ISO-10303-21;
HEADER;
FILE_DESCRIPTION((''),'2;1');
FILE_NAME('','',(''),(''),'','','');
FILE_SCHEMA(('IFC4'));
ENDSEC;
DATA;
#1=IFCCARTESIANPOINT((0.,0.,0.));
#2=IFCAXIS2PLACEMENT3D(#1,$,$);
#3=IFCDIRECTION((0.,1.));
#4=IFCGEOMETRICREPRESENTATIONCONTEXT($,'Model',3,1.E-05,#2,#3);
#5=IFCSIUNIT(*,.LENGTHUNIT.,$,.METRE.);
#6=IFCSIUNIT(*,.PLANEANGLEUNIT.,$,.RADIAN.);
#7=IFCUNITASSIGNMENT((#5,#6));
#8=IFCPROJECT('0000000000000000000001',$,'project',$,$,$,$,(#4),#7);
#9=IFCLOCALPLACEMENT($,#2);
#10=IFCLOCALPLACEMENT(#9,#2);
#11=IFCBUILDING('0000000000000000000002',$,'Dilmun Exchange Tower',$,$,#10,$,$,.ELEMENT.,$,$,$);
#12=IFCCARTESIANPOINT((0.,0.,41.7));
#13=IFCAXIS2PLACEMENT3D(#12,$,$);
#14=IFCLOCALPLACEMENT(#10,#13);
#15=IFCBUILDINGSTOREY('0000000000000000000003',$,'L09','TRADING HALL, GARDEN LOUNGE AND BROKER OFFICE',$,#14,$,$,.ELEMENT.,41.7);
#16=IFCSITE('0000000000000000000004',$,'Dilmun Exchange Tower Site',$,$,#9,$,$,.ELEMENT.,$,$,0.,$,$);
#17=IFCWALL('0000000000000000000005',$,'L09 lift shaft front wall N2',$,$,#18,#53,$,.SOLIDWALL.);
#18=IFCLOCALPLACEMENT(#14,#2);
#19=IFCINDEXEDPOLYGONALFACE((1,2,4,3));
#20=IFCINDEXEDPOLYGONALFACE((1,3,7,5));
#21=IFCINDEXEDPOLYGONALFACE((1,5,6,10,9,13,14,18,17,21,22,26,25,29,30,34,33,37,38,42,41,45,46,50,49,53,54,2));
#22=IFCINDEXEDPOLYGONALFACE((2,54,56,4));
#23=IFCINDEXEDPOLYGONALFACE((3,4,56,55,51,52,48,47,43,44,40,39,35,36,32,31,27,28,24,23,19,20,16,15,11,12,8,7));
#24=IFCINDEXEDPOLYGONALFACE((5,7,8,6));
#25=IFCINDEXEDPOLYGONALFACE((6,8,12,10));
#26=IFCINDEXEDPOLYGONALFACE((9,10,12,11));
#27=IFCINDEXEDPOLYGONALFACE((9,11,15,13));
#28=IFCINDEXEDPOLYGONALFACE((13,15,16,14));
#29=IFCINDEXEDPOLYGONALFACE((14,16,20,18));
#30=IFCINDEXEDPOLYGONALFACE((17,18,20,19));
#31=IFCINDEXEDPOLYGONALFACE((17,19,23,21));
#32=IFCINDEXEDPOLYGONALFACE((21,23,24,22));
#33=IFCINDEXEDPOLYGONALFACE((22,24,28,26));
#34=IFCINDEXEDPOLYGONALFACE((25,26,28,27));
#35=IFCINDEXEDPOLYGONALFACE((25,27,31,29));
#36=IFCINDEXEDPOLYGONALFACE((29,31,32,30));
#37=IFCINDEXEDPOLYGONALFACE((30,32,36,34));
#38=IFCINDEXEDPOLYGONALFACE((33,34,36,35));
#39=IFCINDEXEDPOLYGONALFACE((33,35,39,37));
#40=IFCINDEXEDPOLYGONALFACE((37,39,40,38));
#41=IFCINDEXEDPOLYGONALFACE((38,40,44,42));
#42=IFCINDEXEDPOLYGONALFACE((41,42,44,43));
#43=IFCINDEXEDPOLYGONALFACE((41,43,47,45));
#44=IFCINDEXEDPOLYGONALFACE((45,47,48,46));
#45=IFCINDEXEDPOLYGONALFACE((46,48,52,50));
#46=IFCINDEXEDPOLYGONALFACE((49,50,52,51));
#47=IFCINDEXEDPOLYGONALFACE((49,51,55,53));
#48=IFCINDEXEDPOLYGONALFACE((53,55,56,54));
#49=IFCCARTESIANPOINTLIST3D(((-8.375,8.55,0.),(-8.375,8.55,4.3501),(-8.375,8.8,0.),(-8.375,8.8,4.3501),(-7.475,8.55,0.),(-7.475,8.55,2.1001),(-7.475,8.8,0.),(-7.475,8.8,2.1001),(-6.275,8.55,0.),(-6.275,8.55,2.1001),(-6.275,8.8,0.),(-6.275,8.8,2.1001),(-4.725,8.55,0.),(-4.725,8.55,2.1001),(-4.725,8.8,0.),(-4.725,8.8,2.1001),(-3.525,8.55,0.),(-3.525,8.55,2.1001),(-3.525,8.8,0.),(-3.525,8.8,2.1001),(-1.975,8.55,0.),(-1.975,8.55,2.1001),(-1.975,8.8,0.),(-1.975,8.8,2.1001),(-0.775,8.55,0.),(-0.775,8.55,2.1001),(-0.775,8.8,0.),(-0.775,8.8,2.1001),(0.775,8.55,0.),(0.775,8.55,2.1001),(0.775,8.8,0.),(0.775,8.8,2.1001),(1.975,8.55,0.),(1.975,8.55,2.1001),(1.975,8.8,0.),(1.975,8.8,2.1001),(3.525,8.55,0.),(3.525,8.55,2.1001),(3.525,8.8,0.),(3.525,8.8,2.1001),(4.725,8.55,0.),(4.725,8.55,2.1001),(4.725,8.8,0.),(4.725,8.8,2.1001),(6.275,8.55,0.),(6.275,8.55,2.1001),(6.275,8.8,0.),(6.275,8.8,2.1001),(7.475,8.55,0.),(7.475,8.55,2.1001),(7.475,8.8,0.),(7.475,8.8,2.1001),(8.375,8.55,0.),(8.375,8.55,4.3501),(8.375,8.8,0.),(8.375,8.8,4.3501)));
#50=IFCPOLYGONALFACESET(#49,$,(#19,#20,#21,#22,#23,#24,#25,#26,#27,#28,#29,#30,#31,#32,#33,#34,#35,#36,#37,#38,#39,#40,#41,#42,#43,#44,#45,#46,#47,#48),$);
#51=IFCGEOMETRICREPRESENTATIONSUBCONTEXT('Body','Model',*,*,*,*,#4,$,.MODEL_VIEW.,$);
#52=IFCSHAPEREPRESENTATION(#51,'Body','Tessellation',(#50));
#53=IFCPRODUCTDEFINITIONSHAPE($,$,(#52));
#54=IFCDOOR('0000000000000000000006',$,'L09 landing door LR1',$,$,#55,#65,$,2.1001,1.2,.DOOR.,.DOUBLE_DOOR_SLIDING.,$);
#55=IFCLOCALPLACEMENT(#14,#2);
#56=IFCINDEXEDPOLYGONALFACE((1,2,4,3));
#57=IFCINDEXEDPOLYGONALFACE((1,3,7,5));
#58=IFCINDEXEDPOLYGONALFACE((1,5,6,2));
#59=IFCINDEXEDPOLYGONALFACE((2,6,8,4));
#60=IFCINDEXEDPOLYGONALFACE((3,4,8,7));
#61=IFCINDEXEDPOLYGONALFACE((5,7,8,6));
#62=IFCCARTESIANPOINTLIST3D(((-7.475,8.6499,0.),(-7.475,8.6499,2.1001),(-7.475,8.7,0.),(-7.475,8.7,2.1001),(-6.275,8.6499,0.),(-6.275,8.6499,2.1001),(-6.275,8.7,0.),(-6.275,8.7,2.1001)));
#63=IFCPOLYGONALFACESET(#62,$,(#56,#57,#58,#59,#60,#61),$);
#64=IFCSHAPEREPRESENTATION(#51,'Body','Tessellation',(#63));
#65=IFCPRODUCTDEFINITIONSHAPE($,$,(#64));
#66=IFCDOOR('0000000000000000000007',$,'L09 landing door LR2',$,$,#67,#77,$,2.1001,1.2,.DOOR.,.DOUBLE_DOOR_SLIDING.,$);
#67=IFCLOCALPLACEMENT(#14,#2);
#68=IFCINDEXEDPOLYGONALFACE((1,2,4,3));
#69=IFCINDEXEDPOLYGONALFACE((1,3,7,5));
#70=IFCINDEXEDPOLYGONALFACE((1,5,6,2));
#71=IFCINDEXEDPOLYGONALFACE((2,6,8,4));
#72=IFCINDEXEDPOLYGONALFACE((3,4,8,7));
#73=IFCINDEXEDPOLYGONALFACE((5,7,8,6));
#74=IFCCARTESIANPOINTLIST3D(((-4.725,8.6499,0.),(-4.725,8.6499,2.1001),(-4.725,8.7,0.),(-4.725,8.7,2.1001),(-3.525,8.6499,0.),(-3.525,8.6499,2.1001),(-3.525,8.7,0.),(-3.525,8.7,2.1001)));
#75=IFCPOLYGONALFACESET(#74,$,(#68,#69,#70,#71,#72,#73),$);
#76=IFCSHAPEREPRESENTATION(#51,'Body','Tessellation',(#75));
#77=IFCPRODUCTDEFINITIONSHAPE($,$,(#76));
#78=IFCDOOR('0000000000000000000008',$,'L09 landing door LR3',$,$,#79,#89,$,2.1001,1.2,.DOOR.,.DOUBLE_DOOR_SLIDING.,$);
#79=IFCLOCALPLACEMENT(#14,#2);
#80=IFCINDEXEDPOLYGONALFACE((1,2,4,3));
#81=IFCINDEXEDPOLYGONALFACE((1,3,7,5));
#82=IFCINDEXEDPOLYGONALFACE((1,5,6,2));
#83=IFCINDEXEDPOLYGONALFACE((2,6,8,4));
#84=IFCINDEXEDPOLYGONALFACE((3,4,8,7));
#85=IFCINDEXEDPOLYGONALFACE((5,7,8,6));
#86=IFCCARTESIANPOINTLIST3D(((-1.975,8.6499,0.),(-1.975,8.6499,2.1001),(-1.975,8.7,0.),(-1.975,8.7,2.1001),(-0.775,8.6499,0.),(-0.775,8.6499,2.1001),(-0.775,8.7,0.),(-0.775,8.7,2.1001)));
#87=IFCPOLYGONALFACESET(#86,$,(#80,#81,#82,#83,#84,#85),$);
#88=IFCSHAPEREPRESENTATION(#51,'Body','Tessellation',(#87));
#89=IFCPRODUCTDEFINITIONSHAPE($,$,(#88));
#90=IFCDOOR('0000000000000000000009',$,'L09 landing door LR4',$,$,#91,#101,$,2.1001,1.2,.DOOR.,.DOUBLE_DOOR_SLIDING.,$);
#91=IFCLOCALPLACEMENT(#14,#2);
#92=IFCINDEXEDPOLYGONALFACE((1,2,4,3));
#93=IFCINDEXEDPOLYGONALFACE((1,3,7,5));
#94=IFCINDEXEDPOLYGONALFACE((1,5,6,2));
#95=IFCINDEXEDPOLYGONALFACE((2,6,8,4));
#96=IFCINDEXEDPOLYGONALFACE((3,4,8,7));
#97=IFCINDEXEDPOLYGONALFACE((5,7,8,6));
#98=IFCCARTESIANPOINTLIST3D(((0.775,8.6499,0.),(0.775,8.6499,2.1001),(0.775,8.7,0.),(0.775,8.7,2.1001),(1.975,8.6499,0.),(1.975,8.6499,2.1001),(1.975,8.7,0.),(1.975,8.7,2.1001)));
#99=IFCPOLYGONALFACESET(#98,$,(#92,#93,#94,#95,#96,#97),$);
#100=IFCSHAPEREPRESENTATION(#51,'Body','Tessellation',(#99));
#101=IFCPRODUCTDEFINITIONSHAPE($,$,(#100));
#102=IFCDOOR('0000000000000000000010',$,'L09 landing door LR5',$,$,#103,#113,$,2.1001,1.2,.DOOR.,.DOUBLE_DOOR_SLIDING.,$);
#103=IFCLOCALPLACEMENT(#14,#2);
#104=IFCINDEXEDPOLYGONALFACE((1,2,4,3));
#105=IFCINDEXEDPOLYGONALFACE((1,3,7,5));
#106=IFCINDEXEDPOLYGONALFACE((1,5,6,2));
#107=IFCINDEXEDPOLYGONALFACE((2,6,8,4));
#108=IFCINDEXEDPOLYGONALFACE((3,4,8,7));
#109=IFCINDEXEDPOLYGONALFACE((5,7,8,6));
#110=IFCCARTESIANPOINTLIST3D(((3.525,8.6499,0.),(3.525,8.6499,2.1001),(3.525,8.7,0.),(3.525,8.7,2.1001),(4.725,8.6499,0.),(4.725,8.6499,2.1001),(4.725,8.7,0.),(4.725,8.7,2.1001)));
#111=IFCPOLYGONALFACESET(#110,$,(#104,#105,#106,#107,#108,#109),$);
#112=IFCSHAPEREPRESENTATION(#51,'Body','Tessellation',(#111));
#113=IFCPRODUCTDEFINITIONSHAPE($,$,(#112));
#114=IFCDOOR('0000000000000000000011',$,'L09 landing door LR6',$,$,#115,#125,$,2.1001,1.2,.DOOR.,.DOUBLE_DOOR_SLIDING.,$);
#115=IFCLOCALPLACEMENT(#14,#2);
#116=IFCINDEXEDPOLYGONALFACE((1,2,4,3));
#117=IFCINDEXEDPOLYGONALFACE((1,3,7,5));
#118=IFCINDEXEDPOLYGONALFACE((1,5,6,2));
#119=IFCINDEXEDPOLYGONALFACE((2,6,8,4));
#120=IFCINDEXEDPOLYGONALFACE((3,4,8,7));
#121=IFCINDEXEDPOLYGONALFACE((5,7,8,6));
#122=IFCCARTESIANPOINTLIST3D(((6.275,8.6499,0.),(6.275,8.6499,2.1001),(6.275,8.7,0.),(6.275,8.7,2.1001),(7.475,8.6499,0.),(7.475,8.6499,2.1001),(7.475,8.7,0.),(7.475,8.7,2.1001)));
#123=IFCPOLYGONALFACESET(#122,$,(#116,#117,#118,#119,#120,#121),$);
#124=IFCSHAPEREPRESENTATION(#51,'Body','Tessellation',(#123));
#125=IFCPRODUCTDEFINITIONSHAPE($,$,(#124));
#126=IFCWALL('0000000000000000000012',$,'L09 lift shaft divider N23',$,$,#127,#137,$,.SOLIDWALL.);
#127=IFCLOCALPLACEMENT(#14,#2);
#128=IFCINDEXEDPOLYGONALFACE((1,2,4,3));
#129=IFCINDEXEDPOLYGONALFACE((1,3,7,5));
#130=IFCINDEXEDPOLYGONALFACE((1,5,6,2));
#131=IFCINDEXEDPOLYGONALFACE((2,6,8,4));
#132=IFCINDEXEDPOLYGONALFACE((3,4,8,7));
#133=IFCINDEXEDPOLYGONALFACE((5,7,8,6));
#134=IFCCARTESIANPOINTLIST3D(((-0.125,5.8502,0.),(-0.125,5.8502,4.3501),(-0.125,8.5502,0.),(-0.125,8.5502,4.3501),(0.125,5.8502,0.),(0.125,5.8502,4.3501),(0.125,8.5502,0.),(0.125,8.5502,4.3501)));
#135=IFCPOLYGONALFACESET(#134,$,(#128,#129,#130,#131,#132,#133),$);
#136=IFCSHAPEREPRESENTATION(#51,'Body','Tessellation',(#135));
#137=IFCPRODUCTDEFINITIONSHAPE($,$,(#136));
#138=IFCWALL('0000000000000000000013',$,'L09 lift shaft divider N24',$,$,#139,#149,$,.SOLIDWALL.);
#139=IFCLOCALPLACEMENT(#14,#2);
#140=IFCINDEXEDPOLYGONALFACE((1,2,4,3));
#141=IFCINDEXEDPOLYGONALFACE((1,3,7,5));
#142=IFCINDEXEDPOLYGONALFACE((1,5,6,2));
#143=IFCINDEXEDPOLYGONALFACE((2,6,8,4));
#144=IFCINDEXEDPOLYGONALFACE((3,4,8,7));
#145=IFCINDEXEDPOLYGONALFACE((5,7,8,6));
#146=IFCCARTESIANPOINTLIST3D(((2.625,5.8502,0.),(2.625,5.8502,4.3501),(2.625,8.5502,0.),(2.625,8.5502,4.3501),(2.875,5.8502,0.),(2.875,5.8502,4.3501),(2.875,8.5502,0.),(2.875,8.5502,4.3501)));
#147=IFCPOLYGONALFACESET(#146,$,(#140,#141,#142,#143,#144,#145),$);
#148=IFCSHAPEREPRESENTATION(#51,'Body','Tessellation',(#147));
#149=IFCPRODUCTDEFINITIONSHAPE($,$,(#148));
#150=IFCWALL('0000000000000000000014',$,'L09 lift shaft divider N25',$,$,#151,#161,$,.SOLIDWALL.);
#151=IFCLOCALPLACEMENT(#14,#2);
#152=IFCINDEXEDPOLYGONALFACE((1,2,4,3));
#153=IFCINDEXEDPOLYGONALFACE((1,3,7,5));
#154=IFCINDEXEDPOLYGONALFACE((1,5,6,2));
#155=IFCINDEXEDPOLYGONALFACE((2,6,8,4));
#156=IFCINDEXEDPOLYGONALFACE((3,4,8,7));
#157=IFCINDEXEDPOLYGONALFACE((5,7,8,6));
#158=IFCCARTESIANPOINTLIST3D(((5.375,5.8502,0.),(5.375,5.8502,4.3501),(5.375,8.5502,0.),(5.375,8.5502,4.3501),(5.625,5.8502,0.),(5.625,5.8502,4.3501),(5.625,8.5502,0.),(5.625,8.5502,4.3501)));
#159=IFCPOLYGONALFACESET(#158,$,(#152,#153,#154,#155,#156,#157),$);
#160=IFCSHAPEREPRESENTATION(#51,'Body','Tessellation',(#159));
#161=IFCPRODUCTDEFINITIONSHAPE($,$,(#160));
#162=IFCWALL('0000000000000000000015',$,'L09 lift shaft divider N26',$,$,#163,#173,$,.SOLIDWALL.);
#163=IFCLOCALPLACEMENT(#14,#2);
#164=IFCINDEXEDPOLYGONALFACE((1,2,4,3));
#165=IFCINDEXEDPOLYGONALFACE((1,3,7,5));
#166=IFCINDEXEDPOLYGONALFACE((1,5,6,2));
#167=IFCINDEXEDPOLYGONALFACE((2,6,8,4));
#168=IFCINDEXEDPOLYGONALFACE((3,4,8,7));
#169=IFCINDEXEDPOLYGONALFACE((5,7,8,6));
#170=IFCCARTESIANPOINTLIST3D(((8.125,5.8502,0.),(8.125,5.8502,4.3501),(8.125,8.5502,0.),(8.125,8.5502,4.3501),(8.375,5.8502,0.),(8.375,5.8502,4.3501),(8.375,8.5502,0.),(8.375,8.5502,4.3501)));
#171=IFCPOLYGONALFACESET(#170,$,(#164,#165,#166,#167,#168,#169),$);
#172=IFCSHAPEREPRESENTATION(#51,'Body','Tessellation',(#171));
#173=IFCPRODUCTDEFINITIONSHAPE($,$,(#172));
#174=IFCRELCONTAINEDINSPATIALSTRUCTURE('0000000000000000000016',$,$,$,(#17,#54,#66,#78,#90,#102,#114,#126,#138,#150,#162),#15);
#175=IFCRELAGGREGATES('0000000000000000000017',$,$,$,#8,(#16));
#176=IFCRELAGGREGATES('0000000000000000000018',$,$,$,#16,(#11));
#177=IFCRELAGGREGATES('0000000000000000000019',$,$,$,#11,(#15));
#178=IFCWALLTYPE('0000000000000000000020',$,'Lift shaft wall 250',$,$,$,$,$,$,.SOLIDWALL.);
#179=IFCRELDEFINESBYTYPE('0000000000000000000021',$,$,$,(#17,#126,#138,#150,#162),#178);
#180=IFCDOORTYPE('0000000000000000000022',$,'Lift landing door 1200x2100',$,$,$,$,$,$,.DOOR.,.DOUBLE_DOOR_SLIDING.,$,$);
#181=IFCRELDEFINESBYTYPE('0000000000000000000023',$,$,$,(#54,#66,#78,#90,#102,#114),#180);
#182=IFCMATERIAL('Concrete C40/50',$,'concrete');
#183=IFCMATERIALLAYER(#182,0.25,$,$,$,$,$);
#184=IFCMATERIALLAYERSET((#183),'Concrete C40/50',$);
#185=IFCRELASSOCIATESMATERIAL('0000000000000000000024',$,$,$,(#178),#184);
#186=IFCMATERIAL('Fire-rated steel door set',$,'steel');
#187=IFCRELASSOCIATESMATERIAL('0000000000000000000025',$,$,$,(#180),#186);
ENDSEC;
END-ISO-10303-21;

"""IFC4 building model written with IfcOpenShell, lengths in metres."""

from ifc_helpers import new_model, si_unit, direction, frame, frame_2d, origin, place, context, subcontext, project, spatial, rectangle, extrude, material, layer, layer_set, type_object, element, fill, save


model = new_model("IFC4")

# Units and contexts
model_context = context("Model", 3, precision=1e-05, world=origin(), true_north=direction((0.0, 1.0)))
body_context = subcontext(model_context, "Body", "Model", "MODEL_VIEW")
ifc_project = project(units=[si_unit("LENGTHUNIT", "METRE"), si_unit("PLANEANGLEUNIT", "RADIAN")], contexts=[model_context])

# Site, building, storey
site_placement = place(None, origin())
site = spatial("IfcSite", under=ifc_project, at=site_placement, Name="Dilmun Exchange Tower Site", CompositionType="ELEMENT", RefElevation=0.0)
building_placement = place(site_placement, origin())
building = spatial("IfcBuilding", under=site, at=building_placement, Name="Dilmun Exchange Tower", CompositionType="ELEMENT")
storey_placement = place(building_placement, frame((0.0, 0.0, 41.7)))
storey = spatial("IfcBuildingStorey", under=building, at=storey_placement, Name="L09", Description="TRADING HALL, GARDEN LOUNGE AND BROKER OFFICE", CompositionType="ELEMENT", Elevation=41.7)

# Shared definitions
ifc_material_1 = material(Name="Concrete C40/50", Category="concrete")

# Shared definitions
ifc_material_2 = material(Name="Fire-rated steel door set", Category="steel")

# Wall, openings, doors
ifc_layer_1 = layer(ifc_material_1, 0.25)
ifc_layer_set_1 = layer_set([ifc_layer_1], Name="Concrete C40/50")
wall_type_1 = type_object("IfcWallType", Name="Lift shaft wall 250", PredefinedType="SOLIDWALL", material=ifc_layer_set_1)
wall_1_placement = place(storey_placement, frame((-8.375, 8.675, 0.0), z_axis=(0.0, 0.0, 1.0), x_axis=(1.0, 0.0, 0.0)))
wall_1 = element("IfcWall", 1, at=wall_1_placement, inside=storey, type_object=wall_type_1, Name="L09 lift shaft front wall N2", PredefinedType="SOLIDWALL", context=body_context, shape_type="SweptSolid", body=[
    extrude(rectangle(XDim=16.75, YDim=0.25, at=frame_2d((8.375, 0.0))), origin(), (0.0, 0.0, 1.0), 4.3501),
])
opening_1_placement = place(wall_1_placement, frame((0.8999, 0.0, 0.0)))
opening_1 = element("IfcOpeningElement", 2, at=opening_1_placement, cuts=wall_1, PredefinedType="OPENING", context=body_context, shape_type="SweptSolid", body=[
    extrude(rectangle(XDim=1.2, YDim=2.1001, at=frame_2d((0.6001, 1.05))), frame((0.0, 0.135, 0.0), z_axis=(0.0, -1.0, 0.0), x_axis=(1.0, 0.0, 0.0)), (0.0, 0.0, 1.0), 0.27),
])
opening_2_placement = place(wall_1_placement, frame((3.6499, 0.0, 0.0)))
opening_2 = element("IfcOpeningElement", 3, at=opening_2_placement, cuts=wall_1, PredefinedType="OPENING", context=body_context, shape_type="SweptSolid", body=[
    extrude(rectangle(XDim=1.2, YDim=2.1001, at=frame_2d((0.6001, 1.05))), frame((0.0, 0.135, 0.0), z_axis=(0.0, -1.0, 0.0), x_axis=(1.0, 0.0, 0.0)), (0.0, 0.0, 1.0), 0.27),
])
opening_3_placement = place(wall_1_placement, frame((6.3999, 0.0, 0.0)))
opening_3 = element("IfcOpeningElement", 4, at=opening_3_placement, cuts=wall_1, PredefinedType="OPENING", context=body_context, shape_type="SweptSolid", body=[
    extrude(rectangle(XDim=1.2, YDim=2.1001, at=frame_2d((0.6001, 1.05))), frame((0.0, 0.135, 0.0), z_axis=(0.0, -1.0, 0.0), x_axis=(1.0, 0.0, 0.0)), (0.0, 0.0, 1.0), 0.27),
])
opening_4_placement = place(wall_1_placement, frame((9.1499, 0.0, 0.0)))
opening_4 = element("IfcOpeningElement", 5, at=opening_4_placement, cuts=wall_1, PredefinedType="OPENING", context=body_context, shape_type="SweptSolid", body=[
    extrude(rectangle(XDim=1.2, YDim=2.1001, at=frame_2d((0.6001, 1.05))), frame((0.0, 0.135, 0.0), z_axis=(0.0, -1.0, 0.0), x_axis=(1.0, 0.0, 0.0)), (0.0, 0.0, 1.0), 0.27),
])
opening_5_placement = place(wall_1_placement, frame((11.8999, 0.0, 0.0)))
opening_5 = element("IfcOpeningElement", 6, at=opening_5_placement, cuts=wall_1, PredefinedType="OPENING", context=body_context, shape_type="SweptSolid", body=[
    extrude(rectangle(XDim=1.2, YDim=2.1001, at=frame_2d((0.6001, 1.05))), frame((0.0, 0.135, 0.0), z_axis=(0.0, -1.0, 0.0), x_axis=(1.0, 0.0, 0.0)), (0.0, 0.0, 1.0), 0.27),
])
opening_6_placement = place(wall_1_placement, frame((14.6499, 0.0, 0.0)))
opening_6 = element("IfcOpeningElement", 7, at=opening_6_placement, cuts=wall_1, PredefinedType="OPENING", context=body_context, shape_type="SweptSolid", body=[
    extrude(rectangle(XDim=1.2, YDim=2.1001, at=frame_2d((0.6001, 1.05))), frame((0.0, 0.135, 0.0), z_axis=(0.0, -1.0, 0.0), x_axis=(1.0, 0.0, 0.0)), (0.0, 0.0, 1.0), 0.27),
])
door_type_1 = type_object("IfcDoorType", Name="Lift landing door 1200x2100", OperationType="DOUBLE_DOOR_SLIDING", PredefinedType="DOOR", material=ifc_material_2)
door_1_placement = place(opening_1_placement, origin())
door_1 = element("IfcDoor", 8, at=door_1_placement, inside=storey, type_object=door_type_1, Name="L09 landing door LR1", OperationType="DOUBLE_DOOR_SLIDING", OverallHeight=2.1001, OverallWidth=1.2, PredefinedType="DOOR", context=body_context, shape_type="SweptSolid", body=[
    extrude(rectangle(XDim=1.2, YDim=2.1001, at=frame_2d((0.6001, 1.05))), frame((0.0, 0.0249, 0.0), z_axis=(0.0, -1.0, 0.0), x_axis=(1.0, 0.0, 0.0)), (0.0, 0.0, 1.0), 0.05),
])
fill(opening_1, door_1)
door_2_placement = place(opening_2_placement, origin())
door_2 = element("IfcDoor", 9, at=door_2_placement, inside=storey, type_object=door_type_1, Name="L09 landing door LR2", OperationType="DOUBLE_DOOR_SLIDING", OverallHeight=2.1001, OverallWidth=1.2, PredefinedType="DOOR", context=body_context, shape_type="SweptSolid", body=[
    extrude(rectangle(XDim=1.2, YDim=2.1001, at=frame_2d((0.6001, 1.05))), frame((0.0, 0.0249, 0.0), z_axis=(0.0, -1.0, 0.0), x_axis=(1.0, 0.0, 0.0)), (0.0, 0.0, 1.0), 0.05),
])
fill(opening_2, door_2)
door_3_placement = place(opening_3_placement, origin())
door_3 = element("IfcDoor", 10, at=door_3_placement, inside=storey, type_object=door_type_1, Name="L09 landing door LR3", OperationType="DOUBLE_DOOR_SLIDING", OverallHeight=2.1001, OverallWidth=1.2, PredefinedType="DOOR", context=body_context, shape_type="SweptSolid", body=[
    extrude(rectangle(XDim=1.2, YDim=2.1001, at=frame_2d((0.6001, 1.05))), frame((0.0, 0.0249, 0.0), z_axis=(0.0, -1.0, 0.0), x_axis=(1.0, 0.0, 0.0)), (0.0, 0.0, 1.0), 0.05),
])
fill(opening_3, door_3)
door_4_placement = place(opening_4_placement, origin())
door_4 = element("IfcDoor", 11, at=door_4_placement, inside=storey, type_object=door_type_1, Name="L09 landing door LR4", OperationType="DOUBLE_DOOR_SLIDING", OverallHeight=2.1001, OverallWidth=1.2, PredefinedType="DOOR", context=body_context, shape_type="SweptSolid", body=[
    extrude(rectangle(XDim=1.2, YDim=2.1001, at=frame_2d((0.6001, 1.05))), frame((0.0, 0.0249, 0.0), z_axis=(0.0, -1.0, 0.0), x_axis=(1.0, 0.0, 0.0)), (0.0, 0.0, 1.0), 0.05),
])
fill(opening_4, door_4)
door_5_placement = place(opening_5_placement, origin())
door_5 = element("IfcDoor", 12, at=door_5_placement, inside=storey, type_object=door_type_1, Name="L09 landing door LR5", OperationType="DOUBLE_DOOR_SLIDING", OverallHeight=2.1001, OverallWidth=1.2, PredefinedType="DOOR", context=body_context, shape_type="SweptSolid", body=[
    extrude(rectangle(XDim=1.2, YDim=2.1001, at=frame_2d((0.6001, 1.05))), frame((0.0, 0.0249, 0.0), z_axis=(0.0, -1.0, 0.0), x_axis=(1.0, 0.0, 0.0)), (0.0, 0.0, 1.0), 0.05),
])
fill(opening_5, door_5)
door_6_placement = place(opening_6_placement, origin())
door_6 = element("IfcDoor", 13, at=door_6_placement, inside=storey, type_object=door_type_1, Name="L09 landing door LR6", OperationType="DOUBLE_DOOR_SLIDING", OverallHeight=2.1001, OverallWidth=1.2, PredefinedType="DOOR", context=body_context, shape_type="SweptSolid", body=[
    extrude(rectangle(XDim=1.2, YDim=2.1001, at=frame_2d((0.6001, 1.05))), frame((0.0, 0.0249, 0.0), z_axis=(0.0, -1.0, 0.0), x_axis=(1.0, 0.0, 0.0)), (0.0, 0.0, 1.0), 0.05),
])
fill(opening_6, door_6)

# Walls
for number, where, z_axis, x_axis, name in (
    (14, (0.0, 5.8501, 0.0), (0.0, 0.0, 1.0), (0.0, 1.0, 0.0), "L09 lift shaft divider N23"),
    (15, (2.75, 5.8501, 0.0), (0.0, 0.0, 1.0), (0.0, 1.0, 0.0), "L09 lift shaft divider N24"),
    (16, (5.5, 5.8501, 0.0), (0.0, 0.0, 1.0), (0.0, 1.0, 0.0), "L09 lift shaft divider N25"),
    (17, (8.25, 5.8501, 0.0), (0.0, 0.0, 1.0), (0.0, 1.0, 0.0), "L09 lift shaft divider N26"),
):
    element("IfcWall", number, at=place(storey_placement, frame(where, z_axis=z_axis, x_axis=x_axis)), inside=storey, type_object=wall_type_1, Name=name, PredefinedType="SOLIDWALL", context=body_context, shape_type="SweptSolid", body=[
        extrude(rectangle(XDim=2.7, YDim=0.25, at=frame_2d((1.3501, 0.0))), origin(), (0.0, 0.0, 1.0), 4.3501),
    ])

save(model, "model.ifc")
